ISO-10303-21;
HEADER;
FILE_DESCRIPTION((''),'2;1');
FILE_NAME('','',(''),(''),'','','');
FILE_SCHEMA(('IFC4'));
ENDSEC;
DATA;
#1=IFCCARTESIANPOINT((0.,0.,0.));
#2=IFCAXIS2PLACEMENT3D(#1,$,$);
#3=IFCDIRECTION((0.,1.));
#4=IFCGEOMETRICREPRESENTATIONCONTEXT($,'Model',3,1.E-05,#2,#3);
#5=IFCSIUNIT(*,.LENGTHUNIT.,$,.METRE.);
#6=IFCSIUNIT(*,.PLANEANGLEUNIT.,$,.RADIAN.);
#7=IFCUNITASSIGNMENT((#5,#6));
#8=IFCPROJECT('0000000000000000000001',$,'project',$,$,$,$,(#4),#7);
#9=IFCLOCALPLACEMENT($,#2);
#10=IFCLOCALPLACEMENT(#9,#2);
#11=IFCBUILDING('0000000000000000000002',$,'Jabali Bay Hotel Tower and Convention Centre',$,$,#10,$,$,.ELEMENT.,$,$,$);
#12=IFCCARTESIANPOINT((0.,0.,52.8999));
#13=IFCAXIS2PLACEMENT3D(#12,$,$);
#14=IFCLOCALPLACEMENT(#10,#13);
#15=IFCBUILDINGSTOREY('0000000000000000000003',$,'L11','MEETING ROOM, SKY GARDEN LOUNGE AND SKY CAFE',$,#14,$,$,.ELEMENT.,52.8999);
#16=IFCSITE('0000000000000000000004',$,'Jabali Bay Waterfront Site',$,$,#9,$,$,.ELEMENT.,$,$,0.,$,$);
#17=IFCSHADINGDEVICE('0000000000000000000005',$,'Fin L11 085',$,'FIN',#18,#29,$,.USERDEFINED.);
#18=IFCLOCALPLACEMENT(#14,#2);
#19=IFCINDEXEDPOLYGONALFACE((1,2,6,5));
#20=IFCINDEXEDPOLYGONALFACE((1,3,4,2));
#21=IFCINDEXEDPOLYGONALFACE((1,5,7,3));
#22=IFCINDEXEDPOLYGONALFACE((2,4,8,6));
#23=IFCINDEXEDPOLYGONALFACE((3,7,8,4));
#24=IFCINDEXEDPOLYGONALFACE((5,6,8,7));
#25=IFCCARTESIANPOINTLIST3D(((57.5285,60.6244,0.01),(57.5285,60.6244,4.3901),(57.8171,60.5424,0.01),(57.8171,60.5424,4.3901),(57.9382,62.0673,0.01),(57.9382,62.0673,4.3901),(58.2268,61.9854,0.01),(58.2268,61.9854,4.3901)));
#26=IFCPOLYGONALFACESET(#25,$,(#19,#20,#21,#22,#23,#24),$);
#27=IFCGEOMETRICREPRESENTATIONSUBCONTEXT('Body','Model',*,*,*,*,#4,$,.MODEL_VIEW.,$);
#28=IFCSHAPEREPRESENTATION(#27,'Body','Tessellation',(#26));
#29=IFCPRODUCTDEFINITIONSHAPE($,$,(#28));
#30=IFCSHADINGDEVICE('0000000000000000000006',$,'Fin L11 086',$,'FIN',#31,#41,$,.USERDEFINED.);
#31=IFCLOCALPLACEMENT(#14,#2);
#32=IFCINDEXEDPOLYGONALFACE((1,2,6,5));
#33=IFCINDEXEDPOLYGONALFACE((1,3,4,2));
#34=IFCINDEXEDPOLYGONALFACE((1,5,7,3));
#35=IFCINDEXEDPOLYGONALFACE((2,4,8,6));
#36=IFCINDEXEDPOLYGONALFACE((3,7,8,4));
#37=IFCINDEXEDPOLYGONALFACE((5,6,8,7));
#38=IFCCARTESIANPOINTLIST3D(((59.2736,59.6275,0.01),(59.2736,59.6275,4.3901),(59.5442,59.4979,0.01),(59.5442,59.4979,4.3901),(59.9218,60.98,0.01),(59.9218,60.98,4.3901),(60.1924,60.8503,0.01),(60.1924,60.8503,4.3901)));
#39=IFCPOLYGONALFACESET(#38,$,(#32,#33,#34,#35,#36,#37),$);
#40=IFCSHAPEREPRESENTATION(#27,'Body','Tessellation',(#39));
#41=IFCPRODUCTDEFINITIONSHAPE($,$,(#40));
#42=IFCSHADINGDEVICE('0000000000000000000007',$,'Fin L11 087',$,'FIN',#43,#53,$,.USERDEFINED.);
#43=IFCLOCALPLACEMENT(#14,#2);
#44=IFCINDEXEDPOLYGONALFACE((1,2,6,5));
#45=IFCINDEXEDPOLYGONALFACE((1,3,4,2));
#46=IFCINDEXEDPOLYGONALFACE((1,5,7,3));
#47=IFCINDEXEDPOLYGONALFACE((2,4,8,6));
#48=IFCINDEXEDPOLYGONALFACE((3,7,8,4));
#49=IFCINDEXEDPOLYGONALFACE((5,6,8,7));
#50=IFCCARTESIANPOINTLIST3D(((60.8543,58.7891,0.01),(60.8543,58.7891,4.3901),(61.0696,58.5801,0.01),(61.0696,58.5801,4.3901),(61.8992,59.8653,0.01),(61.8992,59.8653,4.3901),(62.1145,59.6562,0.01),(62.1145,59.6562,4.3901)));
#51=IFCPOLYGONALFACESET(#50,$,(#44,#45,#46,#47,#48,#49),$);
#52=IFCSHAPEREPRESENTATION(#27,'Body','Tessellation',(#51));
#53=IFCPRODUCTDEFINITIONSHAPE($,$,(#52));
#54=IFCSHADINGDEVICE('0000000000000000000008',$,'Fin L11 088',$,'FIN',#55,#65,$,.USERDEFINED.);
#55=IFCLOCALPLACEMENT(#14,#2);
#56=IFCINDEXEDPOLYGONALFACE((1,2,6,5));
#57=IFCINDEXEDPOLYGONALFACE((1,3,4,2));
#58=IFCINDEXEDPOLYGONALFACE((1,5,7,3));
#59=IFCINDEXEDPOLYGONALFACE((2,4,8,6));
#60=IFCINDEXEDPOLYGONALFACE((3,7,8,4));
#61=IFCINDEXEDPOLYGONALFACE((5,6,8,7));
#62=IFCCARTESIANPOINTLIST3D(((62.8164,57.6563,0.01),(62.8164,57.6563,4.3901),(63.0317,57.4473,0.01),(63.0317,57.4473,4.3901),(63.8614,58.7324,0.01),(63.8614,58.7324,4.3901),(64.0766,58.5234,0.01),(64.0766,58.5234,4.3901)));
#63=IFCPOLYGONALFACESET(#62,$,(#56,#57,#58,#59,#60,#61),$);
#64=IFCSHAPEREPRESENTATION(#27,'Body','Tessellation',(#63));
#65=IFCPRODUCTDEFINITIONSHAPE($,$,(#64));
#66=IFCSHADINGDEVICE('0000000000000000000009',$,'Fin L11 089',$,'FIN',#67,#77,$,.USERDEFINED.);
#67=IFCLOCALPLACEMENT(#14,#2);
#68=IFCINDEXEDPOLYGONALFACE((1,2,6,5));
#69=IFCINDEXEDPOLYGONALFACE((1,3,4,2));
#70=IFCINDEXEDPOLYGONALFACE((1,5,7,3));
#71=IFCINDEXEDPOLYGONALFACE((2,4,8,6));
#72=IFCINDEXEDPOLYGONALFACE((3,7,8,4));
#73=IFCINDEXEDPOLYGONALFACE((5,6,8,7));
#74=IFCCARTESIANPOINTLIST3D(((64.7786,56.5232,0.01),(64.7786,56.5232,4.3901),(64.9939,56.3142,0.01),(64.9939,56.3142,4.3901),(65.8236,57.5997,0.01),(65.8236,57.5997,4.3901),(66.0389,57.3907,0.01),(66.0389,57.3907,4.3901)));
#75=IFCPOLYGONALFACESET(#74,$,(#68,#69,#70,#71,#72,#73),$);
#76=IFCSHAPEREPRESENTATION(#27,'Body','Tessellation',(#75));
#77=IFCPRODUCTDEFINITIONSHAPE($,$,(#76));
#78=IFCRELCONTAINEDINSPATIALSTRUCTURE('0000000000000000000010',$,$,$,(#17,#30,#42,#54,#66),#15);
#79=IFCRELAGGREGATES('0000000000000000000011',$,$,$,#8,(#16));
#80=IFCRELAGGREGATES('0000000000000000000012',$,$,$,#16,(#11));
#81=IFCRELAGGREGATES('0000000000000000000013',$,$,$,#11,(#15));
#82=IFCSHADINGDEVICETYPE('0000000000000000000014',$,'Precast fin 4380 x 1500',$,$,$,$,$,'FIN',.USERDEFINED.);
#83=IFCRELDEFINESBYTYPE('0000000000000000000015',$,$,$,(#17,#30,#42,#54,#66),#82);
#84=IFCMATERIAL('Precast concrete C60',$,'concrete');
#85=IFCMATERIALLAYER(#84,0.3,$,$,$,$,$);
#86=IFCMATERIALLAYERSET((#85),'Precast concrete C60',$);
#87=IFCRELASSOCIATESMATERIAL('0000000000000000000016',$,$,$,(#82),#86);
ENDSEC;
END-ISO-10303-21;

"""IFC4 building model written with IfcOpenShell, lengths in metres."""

from ifc_helpers import new_model, si_unit, direction, frame, frame_2d, origin, place, context, subcontext, project, spatial, rectangle, extrude, material, layer, layer_set, type_object, element, save


model = new_model("IFC4")

# Units and contexts
model_context = context("Model", 3, precision=1e-05, world=origin(), true_north=direction((0.0, 1.0)))
body_context = subcontext(model_context, "Body", "Model", "MODEL_VIEW")
ifc_project = project(units=[si_unit("LENGTHUNIT", "METRE"), si_unit("PLANEANGLEUNIT", "RADIAN")], contexts=[model_context])

# Site, building, storey
site_placement = place(None, origin())
site = spatial("IfcSite", under=ifc_project, at=site_placement, Name="Jabali Bay Waterfront Site", CompositionType="ELEMENT", RefElevation=0.0)
building_placement = place(site_placement, origin())
building = spatial("IfcBuilding", under=site, at=building_placement, Name="Jabali Bay Hotel Tower and Convention Centre", CompositionType="ELEMENT")
storey_placement = place(building_placement, frame((0.0, 0.0, 52.8999)))
storey = spatial("IfcBuildingStorey", under=building, at=storey_placement, Name="L11", Description="MEETING ROOM, SKY GARDEN LOUNGE AND SKY CAFE", CompositionType="ELEMENT", Elevation=52.8999)

# Shading devices
ifc_material_1 = material(Name="Precast concrete C60", Category="concrete")
ifc_layer_1 = layer(ifc_material_1, 0.3)
ifc_layer_set_1 = layer_set([ifc_layer_1], Name="Precast concrete C60")
shading_device_type = type_object("IfcShadingDeviceType", Name="Precast fin 4380 x 1500", ElementType="FIN", PredefinedType="USERDEFINED", material=ifc_layer_set_1)
shading_device_1_placement = place(storey_placement, frame((58.0825, 62.0264, 0.01), z_axis=(0.0, 0.0, 1.0), x_axis=(-0.27313, -0.961977, 0.0)))
element("IfcShadingDevice", 1, at=shading_device_1_placement, inside=storey, type_object=shading_device_type, Name="Fin L11 085", ObjectType="FIN", PredefinedType="USERDEFINED", context=body_context, shape_type="SweptSolid", body=[
    extrude(rectangle(XDim=1.5, YDim=0.3, at=frame_2d((0.75, 0.0))), origin(), (0.0, 0.0, 1.0), 4.3801),
])
shading_device_2_placement = place(storey_placement, frame((60.0571, 60.9153, 0.01), z_axis=(0.0, 0.0, 1.0), x_axis=(-0.432175, -0.90179, 0.0)))
element("IfcShadingDevice", 2, at=shading_device_2_placement, inside=storey, type_object=shading_device_type, Name="Fin L11 086", ObjectType="FIN", PredefinedType="USERDEFINED", context=body_context, shape_type="SweptSolid", body=[
    extrude(rectangle(XDim=1.4998, YDim=0.3, at=frame_2d((0.75, 0.0))), origin(), (0.0, 0.0, 1.0), 4.3801),
])
for number, where, z_axis, x_axis, name in (
    (3, (62.0068, 59.7607, 0.01), (0.0, 0.0, 1.0), (-0.696613, -0.717447, 0.0), "Fin L11 087"),
    (4, (63.969, 58.6279, 0.01), (0.0, 0.0, 1.0), (-0.696613, -0.717447, 0.0), "Fin L11 088"),
):
    element("IfcShadingDevice", number, at=place(storey_placement, frame(where, z_axis=z_axis, x_axis=x_axis)), inside=storey, type_object=shading_device_type, Name=name, ObjectType="FIN", PredefinedType="USERDEFINED", context=body_context, shape_type="SweptSolid", body=[
        extrude(rectangle(XDim=1.5, YDim=0.3, at=frame_2d((0.75, 0.0))), origin(), (0.0, 0.0, 1.0), 4.3801),
    ])
shading_device_3_placement = place(storey_placement, frame((65.9312, 57.4951, 0.01), z_axis=(0.0, 0.0, 1.0), x_axis=(-0.696532, -0.717526, 0.0)))
element("IfcShadingDevice", 5, at=shading_device_3_placement, inside=storey, type_object=shading_device_type, Name="Fin L11 089", ObjectType="FIN", PredefinedType="USERDEFINED", context=body_context, shape_type="SweptSolid", body=[
    extrude(rectangle(XDim=1.5002, YDim=0.3, at=frame_2d((0.75, 0.0))), origin(), (0.0, 0.0, 1.0), 4.3801),
])

save(model, "model.ifc")
